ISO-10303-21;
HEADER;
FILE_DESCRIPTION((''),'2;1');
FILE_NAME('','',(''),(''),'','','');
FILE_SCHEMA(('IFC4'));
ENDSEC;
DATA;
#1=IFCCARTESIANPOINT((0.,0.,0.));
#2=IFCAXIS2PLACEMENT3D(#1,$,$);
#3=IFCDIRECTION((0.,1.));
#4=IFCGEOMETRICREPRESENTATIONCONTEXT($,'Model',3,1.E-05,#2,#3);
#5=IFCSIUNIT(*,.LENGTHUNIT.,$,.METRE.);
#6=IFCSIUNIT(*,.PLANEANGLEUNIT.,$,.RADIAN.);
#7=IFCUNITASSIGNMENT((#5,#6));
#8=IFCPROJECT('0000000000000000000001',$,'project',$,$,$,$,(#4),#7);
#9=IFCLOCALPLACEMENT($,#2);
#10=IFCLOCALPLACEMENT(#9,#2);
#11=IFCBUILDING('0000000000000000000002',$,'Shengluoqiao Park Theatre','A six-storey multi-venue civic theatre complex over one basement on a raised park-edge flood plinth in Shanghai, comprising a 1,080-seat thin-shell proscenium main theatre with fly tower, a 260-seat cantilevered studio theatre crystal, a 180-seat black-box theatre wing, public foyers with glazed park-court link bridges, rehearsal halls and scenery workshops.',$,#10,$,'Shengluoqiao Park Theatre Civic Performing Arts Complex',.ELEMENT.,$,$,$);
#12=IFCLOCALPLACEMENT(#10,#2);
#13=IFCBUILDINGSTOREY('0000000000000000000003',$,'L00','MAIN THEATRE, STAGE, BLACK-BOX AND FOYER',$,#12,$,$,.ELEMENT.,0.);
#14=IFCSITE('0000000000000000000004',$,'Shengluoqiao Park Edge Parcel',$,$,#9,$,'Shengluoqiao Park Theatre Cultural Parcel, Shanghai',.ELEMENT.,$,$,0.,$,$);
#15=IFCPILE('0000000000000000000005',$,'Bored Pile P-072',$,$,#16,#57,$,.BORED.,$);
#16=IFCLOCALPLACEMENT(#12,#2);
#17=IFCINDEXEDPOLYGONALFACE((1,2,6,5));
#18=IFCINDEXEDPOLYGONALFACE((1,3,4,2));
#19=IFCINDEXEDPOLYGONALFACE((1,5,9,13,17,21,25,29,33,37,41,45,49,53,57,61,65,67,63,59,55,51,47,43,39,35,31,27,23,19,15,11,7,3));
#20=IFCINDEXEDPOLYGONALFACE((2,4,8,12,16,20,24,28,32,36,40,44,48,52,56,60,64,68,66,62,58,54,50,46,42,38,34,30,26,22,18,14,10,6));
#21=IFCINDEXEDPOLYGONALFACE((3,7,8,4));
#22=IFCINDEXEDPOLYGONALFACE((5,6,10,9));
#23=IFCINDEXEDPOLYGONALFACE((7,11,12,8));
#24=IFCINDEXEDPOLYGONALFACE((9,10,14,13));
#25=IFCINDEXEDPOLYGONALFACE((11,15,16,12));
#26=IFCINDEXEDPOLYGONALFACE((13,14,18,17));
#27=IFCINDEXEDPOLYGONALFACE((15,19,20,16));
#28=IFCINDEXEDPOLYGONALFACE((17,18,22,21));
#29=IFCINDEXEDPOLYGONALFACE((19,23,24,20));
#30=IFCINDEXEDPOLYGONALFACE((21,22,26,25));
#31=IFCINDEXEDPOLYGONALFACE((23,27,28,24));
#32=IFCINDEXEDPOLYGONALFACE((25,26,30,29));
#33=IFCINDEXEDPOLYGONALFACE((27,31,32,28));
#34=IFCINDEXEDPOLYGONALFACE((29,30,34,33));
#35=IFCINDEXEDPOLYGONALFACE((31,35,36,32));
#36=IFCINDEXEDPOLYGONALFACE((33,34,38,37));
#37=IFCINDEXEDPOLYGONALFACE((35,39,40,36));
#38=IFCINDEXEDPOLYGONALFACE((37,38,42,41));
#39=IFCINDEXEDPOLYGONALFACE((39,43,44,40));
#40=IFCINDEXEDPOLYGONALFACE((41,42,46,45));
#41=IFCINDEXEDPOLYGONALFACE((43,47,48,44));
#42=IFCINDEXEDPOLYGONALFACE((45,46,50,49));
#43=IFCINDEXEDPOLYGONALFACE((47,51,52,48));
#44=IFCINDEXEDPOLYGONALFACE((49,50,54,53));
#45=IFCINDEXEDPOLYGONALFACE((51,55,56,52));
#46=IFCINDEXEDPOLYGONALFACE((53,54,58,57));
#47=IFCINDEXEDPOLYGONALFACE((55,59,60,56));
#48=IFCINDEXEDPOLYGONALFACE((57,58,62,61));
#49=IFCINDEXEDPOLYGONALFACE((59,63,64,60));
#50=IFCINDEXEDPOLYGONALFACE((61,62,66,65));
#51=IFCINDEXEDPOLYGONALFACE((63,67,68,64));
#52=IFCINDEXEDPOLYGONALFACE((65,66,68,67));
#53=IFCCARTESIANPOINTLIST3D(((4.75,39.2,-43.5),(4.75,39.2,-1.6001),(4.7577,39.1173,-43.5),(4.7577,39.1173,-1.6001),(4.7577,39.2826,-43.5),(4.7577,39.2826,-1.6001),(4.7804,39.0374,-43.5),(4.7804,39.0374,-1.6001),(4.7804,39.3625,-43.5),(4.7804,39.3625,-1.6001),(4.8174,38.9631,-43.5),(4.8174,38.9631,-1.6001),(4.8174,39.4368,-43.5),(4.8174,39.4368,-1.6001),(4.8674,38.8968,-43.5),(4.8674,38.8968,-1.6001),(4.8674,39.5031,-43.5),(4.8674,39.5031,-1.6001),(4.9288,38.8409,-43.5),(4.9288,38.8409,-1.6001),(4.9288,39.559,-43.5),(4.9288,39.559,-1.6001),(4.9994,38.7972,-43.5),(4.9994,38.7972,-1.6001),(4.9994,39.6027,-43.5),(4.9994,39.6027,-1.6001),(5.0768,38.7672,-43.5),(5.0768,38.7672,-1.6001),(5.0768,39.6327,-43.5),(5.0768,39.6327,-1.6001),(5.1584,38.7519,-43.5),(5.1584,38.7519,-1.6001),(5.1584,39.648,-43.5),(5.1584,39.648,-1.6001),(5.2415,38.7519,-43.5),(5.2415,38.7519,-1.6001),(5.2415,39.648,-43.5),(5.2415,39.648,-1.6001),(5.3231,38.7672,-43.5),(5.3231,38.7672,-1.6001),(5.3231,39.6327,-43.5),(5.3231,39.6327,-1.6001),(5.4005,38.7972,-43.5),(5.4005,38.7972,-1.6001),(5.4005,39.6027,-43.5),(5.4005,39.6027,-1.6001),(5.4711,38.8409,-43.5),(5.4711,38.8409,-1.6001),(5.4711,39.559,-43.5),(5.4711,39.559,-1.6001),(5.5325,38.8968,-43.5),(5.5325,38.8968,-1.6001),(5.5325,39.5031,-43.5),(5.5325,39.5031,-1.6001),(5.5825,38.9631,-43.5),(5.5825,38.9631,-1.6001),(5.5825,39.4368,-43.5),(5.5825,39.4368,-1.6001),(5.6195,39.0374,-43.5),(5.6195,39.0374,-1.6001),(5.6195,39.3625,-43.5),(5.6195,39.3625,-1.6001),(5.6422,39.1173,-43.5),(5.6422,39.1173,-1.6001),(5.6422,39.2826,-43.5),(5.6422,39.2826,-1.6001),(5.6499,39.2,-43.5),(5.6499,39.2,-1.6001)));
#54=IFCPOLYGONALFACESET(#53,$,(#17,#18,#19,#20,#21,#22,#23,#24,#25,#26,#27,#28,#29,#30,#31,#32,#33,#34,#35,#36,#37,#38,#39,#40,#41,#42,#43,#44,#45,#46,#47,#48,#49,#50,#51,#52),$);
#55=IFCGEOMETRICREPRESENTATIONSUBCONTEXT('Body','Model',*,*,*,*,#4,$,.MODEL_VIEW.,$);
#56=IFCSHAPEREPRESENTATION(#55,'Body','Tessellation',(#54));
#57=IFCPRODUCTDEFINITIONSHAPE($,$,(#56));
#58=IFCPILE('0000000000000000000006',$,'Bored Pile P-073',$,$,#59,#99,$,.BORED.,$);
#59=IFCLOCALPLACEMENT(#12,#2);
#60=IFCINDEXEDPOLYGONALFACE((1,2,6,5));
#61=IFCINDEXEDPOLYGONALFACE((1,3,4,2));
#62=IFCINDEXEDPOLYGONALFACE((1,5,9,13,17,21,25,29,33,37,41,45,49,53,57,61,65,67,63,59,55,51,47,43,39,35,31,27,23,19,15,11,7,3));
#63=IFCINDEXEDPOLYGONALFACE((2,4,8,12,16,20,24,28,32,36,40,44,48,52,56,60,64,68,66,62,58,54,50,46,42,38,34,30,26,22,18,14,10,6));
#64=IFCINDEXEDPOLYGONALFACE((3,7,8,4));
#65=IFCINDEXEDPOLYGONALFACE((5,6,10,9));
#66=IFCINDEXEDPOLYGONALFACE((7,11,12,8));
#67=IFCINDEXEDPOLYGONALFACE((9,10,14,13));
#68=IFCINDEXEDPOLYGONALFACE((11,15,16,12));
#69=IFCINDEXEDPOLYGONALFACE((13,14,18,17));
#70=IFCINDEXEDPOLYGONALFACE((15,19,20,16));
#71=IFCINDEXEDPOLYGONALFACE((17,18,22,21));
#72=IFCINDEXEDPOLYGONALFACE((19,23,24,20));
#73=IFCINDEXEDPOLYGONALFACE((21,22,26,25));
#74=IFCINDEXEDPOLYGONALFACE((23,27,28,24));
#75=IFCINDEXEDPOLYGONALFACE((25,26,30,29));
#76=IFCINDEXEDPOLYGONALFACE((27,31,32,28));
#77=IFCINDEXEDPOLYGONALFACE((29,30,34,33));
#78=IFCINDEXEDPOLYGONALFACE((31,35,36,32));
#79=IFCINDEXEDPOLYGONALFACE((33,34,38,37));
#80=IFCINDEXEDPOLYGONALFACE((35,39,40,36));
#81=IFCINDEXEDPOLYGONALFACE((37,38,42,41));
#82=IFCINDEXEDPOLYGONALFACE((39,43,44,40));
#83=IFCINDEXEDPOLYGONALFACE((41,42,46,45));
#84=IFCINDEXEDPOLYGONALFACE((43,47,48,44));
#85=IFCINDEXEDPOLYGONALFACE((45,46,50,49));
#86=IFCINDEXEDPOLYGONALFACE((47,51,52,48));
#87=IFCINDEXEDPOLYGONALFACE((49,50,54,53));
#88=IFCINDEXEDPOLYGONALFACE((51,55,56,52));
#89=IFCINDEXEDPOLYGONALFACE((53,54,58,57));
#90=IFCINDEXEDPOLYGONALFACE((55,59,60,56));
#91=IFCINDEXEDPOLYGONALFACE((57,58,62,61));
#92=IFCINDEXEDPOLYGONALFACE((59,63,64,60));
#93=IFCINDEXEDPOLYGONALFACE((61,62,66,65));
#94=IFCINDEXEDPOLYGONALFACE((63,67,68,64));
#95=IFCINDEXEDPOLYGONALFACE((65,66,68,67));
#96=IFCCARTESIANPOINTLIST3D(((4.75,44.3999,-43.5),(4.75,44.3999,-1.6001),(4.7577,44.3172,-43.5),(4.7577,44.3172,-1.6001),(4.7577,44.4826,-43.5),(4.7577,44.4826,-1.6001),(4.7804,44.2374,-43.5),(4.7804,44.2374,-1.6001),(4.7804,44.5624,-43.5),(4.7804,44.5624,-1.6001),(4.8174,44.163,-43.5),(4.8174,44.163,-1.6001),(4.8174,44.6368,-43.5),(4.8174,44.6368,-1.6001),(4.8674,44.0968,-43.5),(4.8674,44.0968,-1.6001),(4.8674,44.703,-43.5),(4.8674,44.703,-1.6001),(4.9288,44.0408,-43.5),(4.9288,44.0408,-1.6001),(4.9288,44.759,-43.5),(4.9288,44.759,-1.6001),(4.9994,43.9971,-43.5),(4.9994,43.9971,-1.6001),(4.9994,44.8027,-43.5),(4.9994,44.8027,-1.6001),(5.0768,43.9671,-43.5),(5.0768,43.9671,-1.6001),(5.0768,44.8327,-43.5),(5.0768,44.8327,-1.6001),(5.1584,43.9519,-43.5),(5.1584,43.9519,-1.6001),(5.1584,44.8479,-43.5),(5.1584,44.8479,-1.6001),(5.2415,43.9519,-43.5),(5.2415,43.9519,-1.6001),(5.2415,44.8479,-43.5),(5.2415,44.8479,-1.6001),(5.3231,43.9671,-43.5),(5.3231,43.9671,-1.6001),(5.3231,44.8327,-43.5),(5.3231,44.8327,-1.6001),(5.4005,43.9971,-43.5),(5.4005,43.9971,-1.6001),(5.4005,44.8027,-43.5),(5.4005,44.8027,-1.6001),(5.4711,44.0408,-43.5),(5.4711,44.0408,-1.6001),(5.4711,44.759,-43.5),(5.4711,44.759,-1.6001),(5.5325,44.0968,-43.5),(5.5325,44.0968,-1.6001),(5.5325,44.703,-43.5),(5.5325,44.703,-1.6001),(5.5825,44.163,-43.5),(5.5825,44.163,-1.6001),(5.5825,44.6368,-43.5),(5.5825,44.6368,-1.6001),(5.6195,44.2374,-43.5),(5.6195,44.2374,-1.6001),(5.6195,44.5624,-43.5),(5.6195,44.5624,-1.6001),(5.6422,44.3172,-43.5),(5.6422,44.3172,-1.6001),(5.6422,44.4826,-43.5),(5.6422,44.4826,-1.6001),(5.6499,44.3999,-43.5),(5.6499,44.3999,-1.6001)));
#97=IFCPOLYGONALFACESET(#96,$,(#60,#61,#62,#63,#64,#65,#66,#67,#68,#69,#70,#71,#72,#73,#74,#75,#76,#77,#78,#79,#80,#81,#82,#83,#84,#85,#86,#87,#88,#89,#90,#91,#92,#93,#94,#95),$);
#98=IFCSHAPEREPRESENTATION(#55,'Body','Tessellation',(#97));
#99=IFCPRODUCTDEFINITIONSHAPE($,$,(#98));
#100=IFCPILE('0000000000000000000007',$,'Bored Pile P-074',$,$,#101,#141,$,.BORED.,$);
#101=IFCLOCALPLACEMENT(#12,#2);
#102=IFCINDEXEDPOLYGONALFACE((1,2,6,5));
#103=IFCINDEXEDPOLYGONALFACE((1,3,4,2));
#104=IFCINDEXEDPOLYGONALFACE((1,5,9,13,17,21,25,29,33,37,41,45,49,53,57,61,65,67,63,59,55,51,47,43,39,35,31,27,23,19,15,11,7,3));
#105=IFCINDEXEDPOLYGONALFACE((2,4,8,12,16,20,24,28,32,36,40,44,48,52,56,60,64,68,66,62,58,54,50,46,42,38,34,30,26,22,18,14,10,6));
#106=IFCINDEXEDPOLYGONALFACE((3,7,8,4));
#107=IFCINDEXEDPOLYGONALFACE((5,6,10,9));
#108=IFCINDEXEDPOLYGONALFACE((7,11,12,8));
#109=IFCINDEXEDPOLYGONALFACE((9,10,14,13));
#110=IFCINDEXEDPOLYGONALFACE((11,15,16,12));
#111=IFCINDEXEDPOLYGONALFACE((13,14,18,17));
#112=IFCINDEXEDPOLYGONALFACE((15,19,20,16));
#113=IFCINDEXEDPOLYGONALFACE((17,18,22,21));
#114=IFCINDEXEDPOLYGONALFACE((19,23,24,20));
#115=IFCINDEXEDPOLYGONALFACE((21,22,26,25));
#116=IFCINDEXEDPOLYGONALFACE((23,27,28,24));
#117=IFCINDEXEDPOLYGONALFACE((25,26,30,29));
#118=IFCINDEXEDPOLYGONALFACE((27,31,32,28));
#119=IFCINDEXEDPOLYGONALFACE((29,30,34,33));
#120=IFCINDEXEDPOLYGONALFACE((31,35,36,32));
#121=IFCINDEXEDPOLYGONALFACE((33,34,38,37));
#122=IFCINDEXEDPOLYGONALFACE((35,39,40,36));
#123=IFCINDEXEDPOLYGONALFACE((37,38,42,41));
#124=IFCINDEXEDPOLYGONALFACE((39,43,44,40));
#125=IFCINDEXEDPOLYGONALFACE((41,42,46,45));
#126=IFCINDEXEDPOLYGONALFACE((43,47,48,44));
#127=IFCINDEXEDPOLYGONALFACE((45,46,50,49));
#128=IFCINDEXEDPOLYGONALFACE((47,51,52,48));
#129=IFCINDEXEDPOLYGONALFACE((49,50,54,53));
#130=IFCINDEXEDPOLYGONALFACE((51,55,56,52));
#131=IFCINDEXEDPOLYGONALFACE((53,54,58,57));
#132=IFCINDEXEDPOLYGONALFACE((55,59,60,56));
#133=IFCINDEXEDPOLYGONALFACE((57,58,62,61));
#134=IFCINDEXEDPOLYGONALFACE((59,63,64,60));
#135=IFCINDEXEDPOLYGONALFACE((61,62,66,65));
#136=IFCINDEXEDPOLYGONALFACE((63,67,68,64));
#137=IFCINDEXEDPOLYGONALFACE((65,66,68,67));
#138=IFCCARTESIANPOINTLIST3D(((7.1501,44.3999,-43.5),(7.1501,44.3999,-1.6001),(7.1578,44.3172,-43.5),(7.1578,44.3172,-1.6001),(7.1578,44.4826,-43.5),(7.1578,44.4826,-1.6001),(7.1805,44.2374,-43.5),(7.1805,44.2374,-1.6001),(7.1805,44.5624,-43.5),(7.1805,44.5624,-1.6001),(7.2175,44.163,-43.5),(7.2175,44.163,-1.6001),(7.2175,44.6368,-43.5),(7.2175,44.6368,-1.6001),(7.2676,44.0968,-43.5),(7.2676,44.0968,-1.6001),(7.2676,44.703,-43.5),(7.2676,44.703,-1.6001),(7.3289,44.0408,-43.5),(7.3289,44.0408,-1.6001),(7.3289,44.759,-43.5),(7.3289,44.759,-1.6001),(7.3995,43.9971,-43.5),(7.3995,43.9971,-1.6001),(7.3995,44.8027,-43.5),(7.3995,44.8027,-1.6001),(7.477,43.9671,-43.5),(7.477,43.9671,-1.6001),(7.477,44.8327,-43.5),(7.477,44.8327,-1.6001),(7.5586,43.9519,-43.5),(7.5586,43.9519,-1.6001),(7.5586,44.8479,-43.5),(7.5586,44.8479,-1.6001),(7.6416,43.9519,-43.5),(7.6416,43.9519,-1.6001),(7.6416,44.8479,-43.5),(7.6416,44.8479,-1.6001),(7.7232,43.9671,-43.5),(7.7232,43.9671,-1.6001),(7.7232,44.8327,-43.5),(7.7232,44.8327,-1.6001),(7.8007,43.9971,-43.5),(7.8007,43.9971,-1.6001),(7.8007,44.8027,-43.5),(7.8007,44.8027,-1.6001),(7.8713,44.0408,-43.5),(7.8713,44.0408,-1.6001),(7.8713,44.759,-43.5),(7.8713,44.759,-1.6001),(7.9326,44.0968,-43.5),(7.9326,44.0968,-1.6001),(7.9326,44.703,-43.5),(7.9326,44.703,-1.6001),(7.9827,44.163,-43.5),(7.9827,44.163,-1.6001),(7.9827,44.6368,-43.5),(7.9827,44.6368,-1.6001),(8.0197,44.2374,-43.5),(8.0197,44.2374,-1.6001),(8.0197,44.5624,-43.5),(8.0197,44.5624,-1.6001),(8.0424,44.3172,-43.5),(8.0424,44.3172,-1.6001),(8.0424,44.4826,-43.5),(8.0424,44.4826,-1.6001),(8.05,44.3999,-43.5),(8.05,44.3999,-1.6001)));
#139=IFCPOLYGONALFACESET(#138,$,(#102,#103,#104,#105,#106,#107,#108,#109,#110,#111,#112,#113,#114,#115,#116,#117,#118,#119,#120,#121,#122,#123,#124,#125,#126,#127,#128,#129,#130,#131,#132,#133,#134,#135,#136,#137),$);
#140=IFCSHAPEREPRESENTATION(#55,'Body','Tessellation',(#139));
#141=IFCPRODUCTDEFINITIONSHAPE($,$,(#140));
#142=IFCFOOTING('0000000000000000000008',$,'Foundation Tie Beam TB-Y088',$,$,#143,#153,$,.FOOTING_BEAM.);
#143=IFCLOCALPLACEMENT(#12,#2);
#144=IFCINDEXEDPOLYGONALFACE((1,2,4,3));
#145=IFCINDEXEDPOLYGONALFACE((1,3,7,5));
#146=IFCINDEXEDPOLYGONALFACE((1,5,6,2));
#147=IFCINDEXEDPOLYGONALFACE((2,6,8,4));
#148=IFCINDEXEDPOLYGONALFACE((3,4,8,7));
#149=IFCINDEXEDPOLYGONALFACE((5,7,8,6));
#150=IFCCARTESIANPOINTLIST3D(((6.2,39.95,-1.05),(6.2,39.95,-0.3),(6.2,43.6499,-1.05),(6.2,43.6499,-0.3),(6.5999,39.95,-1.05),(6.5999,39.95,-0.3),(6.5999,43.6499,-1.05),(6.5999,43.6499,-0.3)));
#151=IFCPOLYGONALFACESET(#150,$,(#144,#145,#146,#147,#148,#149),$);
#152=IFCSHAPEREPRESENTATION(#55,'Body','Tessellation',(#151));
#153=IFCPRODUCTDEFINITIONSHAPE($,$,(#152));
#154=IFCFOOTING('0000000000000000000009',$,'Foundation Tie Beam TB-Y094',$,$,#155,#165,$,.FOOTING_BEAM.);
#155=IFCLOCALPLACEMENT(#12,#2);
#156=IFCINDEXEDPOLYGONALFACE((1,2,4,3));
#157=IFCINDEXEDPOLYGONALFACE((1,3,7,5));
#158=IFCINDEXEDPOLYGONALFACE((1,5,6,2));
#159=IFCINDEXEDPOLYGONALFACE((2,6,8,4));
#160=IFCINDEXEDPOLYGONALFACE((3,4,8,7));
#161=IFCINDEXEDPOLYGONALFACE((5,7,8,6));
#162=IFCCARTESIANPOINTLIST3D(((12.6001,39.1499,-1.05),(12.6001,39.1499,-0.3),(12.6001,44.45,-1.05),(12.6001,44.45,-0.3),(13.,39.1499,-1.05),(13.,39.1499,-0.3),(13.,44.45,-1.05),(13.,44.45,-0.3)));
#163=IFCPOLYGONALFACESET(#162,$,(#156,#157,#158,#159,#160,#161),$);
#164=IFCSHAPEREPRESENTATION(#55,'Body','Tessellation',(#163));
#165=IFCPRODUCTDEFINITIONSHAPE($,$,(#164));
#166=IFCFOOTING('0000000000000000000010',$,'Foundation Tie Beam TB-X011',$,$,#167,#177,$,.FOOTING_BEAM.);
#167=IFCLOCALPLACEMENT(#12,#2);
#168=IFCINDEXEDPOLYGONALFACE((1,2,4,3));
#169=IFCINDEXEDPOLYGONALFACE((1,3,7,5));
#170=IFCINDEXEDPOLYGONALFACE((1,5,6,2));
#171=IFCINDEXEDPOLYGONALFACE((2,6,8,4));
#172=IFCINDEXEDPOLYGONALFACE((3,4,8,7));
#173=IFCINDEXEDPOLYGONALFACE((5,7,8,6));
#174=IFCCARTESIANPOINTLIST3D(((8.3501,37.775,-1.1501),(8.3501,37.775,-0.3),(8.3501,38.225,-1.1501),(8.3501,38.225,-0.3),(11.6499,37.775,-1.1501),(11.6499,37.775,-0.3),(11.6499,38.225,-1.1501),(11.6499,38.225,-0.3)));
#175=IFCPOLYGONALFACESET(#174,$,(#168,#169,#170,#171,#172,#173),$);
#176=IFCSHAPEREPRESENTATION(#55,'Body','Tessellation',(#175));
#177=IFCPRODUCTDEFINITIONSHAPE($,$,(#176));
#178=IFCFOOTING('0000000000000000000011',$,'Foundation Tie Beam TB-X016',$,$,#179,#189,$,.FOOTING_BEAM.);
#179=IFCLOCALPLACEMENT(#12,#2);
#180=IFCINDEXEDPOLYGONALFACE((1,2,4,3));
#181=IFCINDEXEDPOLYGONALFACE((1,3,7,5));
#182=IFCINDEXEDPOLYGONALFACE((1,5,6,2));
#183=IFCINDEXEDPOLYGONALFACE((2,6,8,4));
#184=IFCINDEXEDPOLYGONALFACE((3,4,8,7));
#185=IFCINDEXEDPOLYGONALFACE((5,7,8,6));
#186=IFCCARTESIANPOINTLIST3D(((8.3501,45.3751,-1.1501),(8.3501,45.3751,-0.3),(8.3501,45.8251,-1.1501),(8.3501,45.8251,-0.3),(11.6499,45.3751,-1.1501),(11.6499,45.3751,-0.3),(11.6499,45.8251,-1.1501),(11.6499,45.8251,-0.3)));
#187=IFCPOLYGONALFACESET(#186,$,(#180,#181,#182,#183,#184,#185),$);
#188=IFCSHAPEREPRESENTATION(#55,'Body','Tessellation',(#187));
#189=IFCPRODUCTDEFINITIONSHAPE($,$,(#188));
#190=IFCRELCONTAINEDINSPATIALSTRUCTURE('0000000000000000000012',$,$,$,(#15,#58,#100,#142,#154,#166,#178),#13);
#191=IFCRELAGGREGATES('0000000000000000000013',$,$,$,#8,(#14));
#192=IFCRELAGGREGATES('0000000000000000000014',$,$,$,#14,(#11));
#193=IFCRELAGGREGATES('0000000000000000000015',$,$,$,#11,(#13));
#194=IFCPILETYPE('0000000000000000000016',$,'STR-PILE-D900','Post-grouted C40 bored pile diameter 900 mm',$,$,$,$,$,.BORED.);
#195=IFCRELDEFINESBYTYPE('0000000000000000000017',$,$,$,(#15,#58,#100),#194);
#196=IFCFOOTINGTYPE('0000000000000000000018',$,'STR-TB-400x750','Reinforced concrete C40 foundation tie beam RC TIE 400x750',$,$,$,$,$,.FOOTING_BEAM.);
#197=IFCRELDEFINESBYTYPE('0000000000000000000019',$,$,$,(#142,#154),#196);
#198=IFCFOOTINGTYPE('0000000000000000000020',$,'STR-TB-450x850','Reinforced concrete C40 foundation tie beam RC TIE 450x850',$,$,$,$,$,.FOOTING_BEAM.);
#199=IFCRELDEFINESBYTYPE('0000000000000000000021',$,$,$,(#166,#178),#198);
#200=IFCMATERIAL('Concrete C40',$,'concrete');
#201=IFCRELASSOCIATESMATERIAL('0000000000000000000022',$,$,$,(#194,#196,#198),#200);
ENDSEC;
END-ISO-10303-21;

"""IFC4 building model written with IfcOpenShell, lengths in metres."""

from ifc_helpers import new_model, si_unit, direction, frame, origin, origin_2d, place, context, subcontext, project, spatial, rectangle, circle, extrude, material, material_profile, profile_set, type_object, element, save


model = new_model("IFC4")

# Units and contexts
model_context = context("Model", 3, precision=1e-05, world=origin(), true_north=direction((0.0, 1.0)))
body_context = subcontext(model_context, "Body", "Model", "MODEL_VIEW")
ifc_project = project(units=[si_unit("LENGTHUNIT", "METRE"), si_unit("PLANEANGLEUNIT", "RADIAN")], contexts=[model_context])

# Site, building, storey
site_placement = place(None, origin())
site = spatial("IfcSite", under=ifc_project, at=site_placement, Name="Shengluoqiao Park Edge Parcel", LongName="Shengluoqiao Park Theatre Cultural Parcel, Shanghai", CompositionType="ELEMENT", RefElevation=0.0)
building_placement = place(site_placement, origin())
building = spatial("IfcBuilding", under=site, at=building_placement, Name="Shengluoqiao Park Theatre", Description="A six-storey multi-venue civic theatre complex over one basement on a raised park-edge flood plinth in Shanghai, comprising a 1,080-seat thin-shell proscenium main theatre with fly tower, a 260-seat cantilevered studio theatre crystal, a 180-seat black-box theatre wing, public foyers with glazed park-court link bridges, rehearsal halls and scenery workshops.", LongName="Shengluoqiao Park Theatre Civic Performing Arts Complex", CompositionType="ELEMENT")
storey_placement = place(building_placement, origin())
storey = spatial("IfcBuildingStorey", under=building, at=storey_placement, Name="L00", Description="MAIN THEATRE, STAGE, BLACK-BOX AND FOYER", CompositionType="ELEMENT", Elevation=0.0)

# Shared definitions
ifc_material_1 = material(Name="Concrete C40", Category="concrete")

# Piles
ifc_material_profile_1 = material_profile(ifc_material_1, circle(Radius=0.45, at=origin_2d()), Name="BORED PILE D900")
ifc_profile_set_1 = profile_set([ifc_material_profile_1], Name="Concrete C40")
pile_type = type_object("IfcPileType", Name="STR-PILE-D900", Description="Post-grouted C40 bored pile diameter 900 mm", PredefinedType="BORED", material=ifc_profile_set_1)
for number, where, z_axis, x_axis, name in (
    (1, (5.2, 39.2, -1.6001), (0.0, 0.0, -1.0), (1.0, 0.0, 0.0), "Bored Pile P-072"),
    (2, (5.2, 44.3999, -1.6001), (0.0, 0.0, -1.0), (1.0, 0.0, 0.0), "Bored Pile P-073"),
    (3, (7.6001, 44.3999, -1.6001), (0.0, 0.0, -1.0), (1.0, 0.0, 0.0), "Bored Pile P-074"),
):
    element("IfcPile", number, at=place(storey_placement, frame(where, z_axis=z_axis, x_axis=x_axis)), inside=storey, type_object=pile_type, Name=name, PredefinedType="BORED", context=body_context, shape_type="SweptSolid", body=[
        extrude(circle(Radius=0.45, at=origin_2d()), origin(), (0.0, 0.0, 1.0), 41.8999),
    ])

# Footings
ifc_material_profile_2 = material_profile(ifc_material_1, rectangle(XDim=0.3999, YDim=0.75, at=origin_2d()), Name="RC TIE 400x750")
ifc_profile_set_2 = profile_set([ifc_material_profile_2], Name="Concrete C40")
footing_type_1 = type_object("IfcFootingType", Name="STR-TB-400x750", Description="Reinforced concrete C40 foundation tie beam RC TIE 400x750", PredefinedType="FOOTING_BEAM", material=ifc_profile_set_2)
footing_1_placement = place(storey_placement, frame((6.3999, 39.95, -0.675), z_axis=(0.0, 1.0, 0.0), x_axis=(-1.0, 0.0, 0.0)))
element("IfcFooting", 4, at=footing_1_placement, inside=storey, type_object=footing_type_1, Name="Foundation Tie Beam TB-Y088", PredefinedType="FOOTING_BEAM", context=body_context, shape_type="SweptSolid", body=[
    extrude(rectangle(XDim=0.3999, YDim=0.75, at=origin_2d()), origin(), (0.0, 0.0, 1.0), 3.7),
])
footing_2_placement = place(storey_placement, frame((12.8, 39.1499, -0.675), z_axis=(0.0, 1.0, 0.0), x_axis=(-1.0, 0.0, 0.0)))
element("IfcFooting", 5, at=footing_2_placement, inside=storey, type_object=footing_type_1, Name="Foundation Tie Beam TB-Y094", PredefinedType="FOOTING_BEAM", context=body_context, shape_type="SweptSolid", body=[
    extrude(rectangle(XDim=0.3999, YDim=0.75, at=origin_2d()), origin(), (0.0, 0.0, 1.0), 5.3),
])
ifc_material_profile_3 = material_profile(ifc_material_1, rectangle(XDim=0.45, YDim=0.8501, at=origin_2d()), Name="RC TIE 450x850")
ifc_profile_set_3 = profile_set([ifc_material_profile_3], Name="Concrete C40")
footing_type_2 = type_object("IfcFootingType", Name="STR-TB-450x850", Description="Reinforced concrete C40 foundation tie beam RC TIE 450x850", PredefinedType="FOOTING_BEAM", material=ifc_profile_set_3)
for number, where, z_axis, x_axis, name in (
    (6, (8.3501, 38.0, -0.7251), (1.0, 0.0, 0.0), (0.0, 1.0, 0.0), "Foundation Tie Beam TB-X011"),
    (7, (8.3501, 45.6001, -0.7251), (1.0, 0.0, 0.0), (0.0, 1.0, 0.0), "Foundation Tie Beam TB-X016"),
):
    element("IfcFooting", number, at=place(storey_placement, frame(where, z_axis=z_axis, x_axis=x_axis)), inside=storey, type_object=footing_type_2, Name=name, PredefinedType="FOOTING_BEAM", context=body_context, shape_type="SweptSolid", body=[
        extrude(rectangle(XDim=0.45, YDim=0.8501, at=origin_2d()), origin(), (0.0, 0.0, 1.0), 3.2998),
    ])

save(model, "model.ifc")
